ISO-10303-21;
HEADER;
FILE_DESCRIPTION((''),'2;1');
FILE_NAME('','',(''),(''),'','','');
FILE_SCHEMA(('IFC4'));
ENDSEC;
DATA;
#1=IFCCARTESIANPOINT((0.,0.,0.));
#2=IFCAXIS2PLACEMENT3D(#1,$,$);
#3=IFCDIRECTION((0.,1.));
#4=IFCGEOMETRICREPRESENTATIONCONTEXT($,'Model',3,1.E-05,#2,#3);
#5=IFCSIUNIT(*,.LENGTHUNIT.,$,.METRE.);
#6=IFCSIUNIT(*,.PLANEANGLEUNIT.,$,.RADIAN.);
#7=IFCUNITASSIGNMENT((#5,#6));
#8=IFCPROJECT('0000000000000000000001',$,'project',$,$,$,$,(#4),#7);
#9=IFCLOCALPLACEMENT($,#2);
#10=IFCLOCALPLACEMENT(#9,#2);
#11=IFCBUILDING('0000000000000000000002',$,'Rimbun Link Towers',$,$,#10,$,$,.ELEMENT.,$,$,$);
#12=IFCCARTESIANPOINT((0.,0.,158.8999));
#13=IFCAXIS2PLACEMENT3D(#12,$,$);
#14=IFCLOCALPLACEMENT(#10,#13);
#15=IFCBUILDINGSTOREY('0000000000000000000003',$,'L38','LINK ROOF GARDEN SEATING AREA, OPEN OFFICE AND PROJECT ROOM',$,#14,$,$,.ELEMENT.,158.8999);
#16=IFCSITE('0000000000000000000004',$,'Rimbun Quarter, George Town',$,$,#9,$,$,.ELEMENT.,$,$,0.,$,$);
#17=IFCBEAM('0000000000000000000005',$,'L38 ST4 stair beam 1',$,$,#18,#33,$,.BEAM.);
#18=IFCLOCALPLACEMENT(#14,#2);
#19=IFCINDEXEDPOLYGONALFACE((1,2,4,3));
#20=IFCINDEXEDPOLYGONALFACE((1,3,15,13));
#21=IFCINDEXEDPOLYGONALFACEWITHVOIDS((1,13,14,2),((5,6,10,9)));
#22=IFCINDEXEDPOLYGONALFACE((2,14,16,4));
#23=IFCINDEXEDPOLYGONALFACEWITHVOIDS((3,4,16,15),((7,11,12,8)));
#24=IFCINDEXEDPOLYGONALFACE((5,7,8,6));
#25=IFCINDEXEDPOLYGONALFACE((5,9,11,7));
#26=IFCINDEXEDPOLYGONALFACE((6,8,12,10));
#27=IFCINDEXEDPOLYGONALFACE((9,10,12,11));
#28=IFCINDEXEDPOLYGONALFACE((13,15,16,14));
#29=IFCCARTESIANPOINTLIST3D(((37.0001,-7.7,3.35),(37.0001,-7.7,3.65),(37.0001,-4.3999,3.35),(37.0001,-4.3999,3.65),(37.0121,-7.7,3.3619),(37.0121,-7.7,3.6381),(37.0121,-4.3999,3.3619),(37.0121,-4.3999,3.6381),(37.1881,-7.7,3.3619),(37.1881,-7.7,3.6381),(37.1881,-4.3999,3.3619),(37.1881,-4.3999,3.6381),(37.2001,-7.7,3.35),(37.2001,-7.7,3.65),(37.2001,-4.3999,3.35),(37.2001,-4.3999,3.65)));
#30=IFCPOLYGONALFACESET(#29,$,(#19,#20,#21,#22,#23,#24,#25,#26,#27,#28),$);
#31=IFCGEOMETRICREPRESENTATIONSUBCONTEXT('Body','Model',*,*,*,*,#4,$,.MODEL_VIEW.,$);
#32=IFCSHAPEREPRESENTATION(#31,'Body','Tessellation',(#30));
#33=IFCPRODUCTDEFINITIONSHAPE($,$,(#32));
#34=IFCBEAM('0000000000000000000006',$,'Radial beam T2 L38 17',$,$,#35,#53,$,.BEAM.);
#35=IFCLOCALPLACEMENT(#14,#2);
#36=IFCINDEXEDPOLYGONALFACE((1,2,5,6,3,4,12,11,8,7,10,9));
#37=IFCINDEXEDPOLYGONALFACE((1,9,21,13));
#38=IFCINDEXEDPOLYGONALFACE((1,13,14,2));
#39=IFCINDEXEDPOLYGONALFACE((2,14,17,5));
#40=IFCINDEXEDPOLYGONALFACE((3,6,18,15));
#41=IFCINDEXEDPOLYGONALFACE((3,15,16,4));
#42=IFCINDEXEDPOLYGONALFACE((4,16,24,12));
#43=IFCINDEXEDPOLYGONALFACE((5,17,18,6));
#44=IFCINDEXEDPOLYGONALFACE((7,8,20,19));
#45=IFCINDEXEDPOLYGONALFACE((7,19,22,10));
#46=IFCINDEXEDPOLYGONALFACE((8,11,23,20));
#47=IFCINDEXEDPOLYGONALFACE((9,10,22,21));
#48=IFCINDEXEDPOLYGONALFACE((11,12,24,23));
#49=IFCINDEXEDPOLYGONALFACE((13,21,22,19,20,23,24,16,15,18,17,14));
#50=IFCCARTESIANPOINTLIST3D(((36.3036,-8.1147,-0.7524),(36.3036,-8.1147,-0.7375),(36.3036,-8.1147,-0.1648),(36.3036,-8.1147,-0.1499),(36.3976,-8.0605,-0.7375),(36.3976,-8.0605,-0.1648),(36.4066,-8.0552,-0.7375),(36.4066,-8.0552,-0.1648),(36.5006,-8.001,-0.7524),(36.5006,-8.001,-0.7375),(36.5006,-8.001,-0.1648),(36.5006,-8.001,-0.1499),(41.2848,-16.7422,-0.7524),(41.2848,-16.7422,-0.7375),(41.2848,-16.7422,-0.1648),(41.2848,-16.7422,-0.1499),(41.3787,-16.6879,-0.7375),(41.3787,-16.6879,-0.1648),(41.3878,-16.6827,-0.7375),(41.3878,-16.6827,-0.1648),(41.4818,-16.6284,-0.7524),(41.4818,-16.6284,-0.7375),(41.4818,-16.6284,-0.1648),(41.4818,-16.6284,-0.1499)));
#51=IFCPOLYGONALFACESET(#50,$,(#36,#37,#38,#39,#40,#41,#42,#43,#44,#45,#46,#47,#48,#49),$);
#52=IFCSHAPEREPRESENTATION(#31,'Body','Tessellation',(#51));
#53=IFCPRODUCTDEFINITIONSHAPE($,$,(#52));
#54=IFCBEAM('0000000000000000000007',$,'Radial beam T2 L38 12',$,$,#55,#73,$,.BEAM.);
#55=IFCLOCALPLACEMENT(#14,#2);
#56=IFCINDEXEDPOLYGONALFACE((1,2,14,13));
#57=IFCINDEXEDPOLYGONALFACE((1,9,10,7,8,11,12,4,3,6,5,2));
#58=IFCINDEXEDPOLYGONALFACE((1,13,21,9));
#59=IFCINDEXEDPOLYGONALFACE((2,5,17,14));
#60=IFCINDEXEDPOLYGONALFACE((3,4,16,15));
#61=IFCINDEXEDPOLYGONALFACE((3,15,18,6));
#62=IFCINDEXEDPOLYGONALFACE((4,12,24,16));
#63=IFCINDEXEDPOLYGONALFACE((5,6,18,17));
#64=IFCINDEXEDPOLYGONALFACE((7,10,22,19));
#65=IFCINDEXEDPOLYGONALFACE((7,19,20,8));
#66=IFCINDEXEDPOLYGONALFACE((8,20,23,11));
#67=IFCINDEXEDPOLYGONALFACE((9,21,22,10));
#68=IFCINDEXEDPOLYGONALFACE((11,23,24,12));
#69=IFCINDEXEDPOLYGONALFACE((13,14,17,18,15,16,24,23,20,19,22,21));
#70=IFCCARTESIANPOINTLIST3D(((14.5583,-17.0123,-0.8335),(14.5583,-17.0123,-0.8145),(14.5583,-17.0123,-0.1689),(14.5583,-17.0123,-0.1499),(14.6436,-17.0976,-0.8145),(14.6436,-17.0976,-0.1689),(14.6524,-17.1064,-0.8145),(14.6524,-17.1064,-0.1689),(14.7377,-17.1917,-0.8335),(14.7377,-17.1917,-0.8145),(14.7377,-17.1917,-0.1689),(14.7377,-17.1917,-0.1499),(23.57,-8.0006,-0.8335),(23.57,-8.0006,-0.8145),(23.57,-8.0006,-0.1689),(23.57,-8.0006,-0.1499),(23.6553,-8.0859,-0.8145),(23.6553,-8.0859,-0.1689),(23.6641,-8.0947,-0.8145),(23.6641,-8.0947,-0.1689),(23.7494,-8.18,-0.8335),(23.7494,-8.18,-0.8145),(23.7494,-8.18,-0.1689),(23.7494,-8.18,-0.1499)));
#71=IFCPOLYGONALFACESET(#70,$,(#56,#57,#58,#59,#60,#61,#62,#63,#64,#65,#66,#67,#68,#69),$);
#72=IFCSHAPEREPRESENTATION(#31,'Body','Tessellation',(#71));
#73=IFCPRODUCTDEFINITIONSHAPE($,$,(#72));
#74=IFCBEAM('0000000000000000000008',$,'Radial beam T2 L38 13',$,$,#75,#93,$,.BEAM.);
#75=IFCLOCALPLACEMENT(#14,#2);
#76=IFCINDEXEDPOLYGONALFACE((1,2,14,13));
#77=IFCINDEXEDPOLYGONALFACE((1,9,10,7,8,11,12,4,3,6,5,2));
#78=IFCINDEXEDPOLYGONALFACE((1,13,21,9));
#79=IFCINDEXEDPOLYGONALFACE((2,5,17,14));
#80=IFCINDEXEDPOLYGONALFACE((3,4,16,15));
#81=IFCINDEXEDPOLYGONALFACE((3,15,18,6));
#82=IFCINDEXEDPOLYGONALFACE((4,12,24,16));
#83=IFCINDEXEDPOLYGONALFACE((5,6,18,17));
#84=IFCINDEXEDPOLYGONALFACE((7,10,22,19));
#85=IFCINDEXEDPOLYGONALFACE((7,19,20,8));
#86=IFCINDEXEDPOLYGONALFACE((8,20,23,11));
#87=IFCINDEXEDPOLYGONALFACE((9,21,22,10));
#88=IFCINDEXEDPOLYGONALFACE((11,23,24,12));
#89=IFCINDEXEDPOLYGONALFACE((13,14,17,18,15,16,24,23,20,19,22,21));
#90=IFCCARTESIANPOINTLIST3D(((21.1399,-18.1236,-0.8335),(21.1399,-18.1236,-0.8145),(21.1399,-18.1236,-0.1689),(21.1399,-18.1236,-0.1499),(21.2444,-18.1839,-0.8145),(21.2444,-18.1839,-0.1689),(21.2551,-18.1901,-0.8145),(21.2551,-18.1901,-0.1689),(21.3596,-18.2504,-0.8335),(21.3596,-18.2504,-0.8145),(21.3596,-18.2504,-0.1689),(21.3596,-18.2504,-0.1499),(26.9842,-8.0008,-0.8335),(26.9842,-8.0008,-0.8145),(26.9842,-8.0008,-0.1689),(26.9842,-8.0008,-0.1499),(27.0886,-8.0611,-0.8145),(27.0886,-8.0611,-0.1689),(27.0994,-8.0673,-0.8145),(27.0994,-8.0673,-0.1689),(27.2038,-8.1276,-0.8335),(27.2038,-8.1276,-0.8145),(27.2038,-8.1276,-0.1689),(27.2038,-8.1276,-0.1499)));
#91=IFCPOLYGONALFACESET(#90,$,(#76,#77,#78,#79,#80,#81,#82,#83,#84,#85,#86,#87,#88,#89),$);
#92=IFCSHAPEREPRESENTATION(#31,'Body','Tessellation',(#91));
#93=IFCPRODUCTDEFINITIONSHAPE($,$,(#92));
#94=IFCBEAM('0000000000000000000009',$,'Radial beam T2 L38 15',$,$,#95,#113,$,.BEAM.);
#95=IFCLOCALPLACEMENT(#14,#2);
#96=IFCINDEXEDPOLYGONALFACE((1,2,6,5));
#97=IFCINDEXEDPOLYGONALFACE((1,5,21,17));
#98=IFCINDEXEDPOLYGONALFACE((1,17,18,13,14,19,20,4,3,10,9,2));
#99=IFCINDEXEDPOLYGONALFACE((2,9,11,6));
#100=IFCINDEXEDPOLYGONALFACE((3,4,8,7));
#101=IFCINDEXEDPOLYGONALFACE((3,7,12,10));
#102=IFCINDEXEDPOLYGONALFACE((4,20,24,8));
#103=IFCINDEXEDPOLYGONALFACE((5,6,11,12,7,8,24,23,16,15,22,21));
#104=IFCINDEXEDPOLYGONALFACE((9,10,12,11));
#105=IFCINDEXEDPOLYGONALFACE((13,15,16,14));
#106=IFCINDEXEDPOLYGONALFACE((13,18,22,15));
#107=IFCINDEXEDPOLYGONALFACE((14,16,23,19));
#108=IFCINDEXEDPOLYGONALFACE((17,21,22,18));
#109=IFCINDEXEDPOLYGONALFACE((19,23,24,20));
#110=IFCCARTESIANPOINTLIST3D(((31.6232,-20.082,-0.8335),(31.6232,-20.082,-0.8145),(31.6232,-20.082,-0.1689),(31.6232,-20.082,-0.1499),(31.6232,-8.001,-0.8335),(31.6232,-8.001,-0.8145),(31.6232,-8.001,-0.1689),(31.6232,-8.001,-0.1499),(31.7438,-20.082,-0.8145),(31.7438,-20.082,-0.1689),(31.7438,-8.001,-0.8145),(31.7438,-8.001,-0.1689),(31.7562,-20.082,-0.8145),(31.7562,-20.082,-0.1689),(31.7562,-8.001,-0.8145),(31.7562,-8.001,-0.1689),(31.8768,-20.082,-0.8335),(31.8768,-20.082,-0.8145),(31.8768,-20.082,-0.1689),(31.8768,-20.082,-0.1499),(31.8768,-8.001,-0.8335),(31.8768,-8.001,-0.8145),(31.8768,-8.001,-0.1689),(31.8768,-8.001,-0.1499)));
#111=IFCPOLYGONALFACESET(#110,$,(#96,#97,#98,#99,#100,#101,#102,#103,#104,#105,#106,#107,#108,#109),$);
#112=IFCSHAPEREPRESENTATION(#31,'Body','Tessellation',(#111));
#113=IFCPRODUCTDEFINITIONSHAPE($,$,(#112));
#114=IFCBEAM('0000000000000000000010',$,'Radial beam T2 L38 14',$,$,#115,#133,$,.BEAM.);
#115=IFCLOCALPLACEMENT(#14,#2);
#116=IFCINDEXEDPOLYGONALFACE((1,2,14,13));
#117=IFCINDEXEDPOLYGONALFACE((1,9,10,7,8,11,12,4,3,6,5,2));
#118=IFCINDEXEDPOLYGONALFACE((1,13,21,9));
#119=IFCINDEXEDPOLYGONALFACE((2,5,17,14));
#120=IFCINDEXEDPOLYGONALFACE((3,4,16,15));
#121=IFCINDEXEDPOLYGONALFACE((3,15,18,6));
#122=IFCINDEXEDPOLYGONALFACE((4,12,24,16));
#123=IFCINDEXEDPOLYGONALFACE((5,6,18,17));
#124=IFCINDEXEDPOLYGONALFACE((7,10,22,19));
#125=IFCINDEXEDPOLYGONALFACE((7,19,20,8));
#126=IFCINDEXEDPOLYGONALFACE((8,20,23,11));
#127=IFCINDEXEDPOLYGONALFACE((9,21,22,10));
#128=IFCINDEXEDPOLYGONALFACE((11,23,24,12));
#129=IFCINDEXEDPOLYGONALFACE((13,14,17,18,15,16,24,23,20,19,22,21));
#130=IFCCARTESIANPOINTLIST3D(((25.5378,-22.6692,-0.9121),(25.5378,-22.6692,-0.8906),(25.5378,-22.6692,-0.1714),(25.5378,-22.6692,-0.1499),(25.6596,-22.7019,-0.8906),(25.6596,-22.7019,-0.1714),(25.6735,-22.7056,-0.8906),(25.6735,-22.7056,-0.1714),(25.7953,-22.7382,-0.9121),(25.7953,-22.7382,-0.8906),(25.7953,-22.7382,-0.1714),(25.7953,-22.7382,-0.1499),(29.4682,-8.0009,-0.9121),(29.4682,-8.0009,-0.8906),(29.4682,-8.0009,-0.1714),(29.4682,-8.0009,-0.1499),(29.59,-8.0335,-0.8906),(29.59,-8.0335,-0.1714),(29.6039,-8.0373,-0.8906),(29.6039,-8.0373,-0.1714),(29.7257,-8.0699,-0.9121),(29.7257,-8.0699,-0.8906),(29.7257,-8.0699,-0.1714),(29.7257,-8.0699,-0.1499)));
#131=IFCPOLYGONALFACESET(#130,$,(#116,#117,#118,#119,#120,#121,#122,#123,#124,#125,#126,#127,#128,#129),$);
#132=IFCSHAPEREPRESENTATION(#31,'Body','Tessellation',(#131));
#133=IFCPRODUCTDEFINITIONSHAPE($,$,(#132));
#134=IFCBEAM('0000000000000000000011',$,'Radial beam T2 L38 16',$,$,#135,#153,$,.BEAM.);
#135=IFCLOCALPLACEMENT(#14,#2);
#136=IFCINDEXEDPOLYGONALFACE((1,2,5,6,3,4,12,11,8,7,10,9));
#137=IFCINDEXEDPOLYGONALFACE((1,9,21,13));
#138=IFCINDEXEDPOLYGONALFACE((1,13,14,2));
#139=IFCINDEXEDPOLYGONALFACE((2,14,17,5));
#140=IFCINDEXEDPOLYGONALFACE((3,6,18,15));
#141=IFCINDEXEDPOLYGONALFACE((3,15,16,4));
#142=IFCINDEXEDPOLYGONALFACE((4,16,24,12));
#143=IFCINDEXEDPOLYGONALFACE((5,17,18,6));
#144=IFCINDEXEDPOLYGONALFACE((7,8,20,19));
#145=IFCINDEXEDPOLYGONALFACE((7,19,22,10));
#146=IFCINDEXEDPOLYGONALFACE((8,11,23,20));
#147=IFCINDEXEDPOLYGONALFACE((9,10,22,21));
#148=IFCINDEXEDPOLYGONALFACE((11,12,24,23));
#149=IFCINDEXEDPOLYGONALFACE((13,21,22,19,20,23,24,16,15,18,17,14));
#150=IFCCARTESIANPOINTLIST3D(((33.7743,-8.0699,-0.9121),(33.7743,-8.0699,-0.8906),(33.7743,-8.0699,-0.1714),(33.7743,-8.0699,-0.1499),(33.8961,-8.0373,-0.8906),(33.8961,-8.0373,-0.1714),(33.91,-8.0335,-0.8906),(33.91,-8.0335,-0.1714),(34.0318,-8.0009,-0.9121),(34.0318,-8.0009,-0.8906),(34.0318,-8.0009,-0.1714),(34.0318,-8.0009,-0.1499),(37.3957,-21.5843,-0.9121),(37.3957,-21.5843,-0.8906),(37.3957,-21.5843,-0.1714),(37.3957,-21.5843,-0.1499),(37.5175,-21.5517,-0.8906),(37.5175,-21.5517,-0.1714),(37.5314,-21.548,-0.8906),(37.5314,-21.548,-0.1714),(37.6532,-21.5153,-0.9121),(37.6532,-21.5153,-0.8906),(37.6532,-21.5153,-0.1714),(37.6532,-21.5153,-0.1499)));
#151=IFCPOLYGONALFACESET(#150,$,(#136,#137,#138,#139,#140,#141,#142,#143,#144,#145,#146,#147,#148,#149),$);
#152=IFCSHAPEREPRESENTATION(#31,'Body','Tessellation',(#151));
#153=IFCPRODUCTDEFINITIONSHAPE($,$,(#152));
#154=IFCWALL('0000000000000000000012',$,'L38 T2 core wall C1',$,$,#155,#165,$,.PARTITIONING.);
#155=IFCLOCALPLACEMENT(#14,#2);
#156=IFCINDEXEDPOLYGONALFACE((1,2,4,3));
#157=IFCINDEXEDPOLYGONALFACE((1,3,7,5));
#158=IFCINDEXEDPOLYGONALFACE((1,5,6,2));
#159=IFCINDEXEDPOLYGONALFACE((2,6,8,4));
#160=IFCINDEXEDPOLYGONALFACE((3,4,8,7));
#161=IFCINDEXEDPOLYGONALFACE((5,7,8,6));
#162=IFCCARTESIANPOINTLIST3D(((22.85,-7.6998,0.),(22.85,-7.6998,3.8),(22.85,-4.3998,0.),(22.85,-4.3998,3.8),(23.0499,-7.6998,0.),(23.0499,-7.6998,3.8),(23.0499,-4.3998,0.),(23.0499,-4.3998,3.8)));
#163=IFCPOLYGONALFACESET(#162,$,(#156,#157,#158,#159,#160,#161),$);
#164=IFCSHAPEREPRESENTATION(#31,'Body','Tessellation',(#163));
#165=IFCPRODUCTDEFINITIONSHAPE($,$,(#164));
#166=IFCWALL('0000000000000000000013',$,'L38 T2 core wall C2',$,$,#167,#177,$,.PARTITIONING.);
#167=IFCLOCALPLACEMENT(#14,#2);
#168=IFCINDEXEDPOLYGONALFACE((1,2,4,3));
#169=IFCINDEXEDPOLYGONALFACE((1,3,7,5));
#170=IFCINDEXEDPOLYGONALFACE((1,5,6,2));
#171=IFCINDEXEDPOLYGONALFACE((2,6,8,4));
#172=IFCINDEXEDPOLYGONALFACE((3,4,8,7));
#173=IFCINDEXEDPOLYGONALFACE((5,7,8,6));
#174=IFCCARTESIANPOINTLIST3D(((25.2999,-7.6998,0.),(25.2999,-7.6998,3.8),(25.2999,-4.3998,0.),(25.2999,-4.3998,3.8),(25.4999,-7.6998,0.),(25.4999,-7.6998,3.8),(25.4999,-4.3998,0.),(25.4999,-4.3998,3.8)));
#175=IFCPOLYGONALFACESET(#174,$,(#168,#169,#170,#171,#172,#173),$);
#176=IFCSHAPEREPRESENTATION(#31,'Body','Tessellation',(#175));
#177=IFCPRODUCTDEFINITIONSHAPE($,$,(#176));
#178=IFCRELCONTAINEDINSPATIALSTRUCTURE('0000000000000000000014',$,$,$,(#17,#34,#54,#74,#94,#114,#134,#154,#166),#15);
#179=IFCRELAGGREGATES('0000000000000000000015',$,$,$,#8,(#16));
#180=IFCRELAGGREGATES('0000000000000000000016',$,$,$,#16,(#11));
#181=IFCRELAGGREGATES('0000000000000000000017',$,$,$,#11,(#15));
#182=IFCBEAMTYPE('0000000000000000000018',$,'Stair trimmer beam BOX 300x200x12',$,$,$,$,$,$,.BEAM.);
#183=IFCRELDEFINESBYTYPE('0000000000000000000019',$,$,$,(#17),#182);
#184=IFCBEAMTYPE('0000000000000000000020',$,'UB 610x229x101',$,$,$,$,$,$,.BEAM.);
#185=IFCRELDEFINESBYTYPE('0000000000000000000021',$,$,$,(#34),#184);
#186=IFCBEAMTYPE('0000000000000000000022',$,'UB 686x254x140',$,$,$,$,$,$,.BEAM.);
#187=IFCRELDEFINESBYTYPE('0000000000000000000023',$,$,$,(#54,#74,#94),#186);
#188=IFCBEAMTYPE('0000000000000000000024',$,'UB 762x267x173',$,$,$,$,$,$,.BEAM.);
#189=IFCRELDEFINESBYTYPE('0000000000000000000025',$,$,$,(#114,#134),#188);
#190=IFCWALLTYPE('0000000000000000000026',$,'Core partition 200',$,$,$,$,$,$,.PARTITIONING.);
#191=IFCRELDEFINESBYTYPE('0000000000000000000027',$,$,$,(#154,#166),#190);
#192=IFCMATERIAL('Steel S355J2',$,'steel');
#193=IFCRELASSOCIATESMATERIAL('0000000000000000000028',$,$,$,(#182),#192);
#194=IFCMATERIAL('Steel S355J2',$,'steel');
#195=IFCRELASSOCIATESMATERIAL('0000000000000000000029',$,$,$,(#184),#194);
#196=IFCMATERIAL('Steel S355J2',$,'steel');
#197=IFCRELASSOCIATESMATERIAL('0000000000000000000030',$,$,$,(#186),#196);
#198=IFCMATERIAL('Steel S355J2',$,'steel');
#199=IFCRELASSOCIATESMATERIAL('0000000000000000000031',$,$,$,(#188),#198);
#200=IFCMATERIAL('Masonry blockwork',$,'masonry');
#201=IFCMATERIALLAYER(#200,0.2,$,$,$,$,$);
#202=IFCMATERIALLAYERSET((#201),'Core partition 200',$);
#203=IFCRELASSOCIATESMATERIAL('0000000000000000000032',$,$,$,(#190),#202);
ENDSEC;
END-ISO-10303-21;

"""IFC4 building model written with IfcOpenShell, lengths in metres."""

from ifc_helpers import new_model, si_unit, direction, frame, frame_2d, origin, origin_2d, place, context, subcontext, project, spatial, rectangle, hollow_rectangle, i_section, extrude, material, layer, layer_set, material_profile, profile_set, type_object, element, save


model = new_model("IFC4")

# Units and contexts
model_context = context("Model", 3, precision=1e-05, world=origin(), true_north=direction((0.0, 1.0)))
body_context = subcontext(model_context, "Body", "Model", "MODEL_VIEW")
ifc_project = project(units=[si_unit("LENGTHUNIT", "METRE"), si_unit("PLANEANGLEUNIT", "RADIAN")], contexts=[model_context])

# Site, building, storey
site_placement = place(None, origin())
site = spatial("IfcSite", under=ifc_project, at=site_placement, Name="Rimbun Quarter, George Town", CompositionType="ELEMENT", RefElevation=0.0)
building_placement = place(site_placement, origin())
building = spatial("IfcBuilding", under=site, at=building_placement, Name="Rimbun Link Towers", CompositionType="ELEMENT")
storey_placement = place(building_placement, frame((0.0, 0.0, 158.8999)))
storey = spatial("IfcBuildingStorey", under=building, at=storey_placement, Name="L38", Description="LINK ROOF GARDEN SEATING AREA, OPEN OFFICE AND PROJECT ROOM", CompositionType="ELEMENT", Elevation=158.8999)

# Beams
ifc_material_1 = material(Name="Steel S355J2", Category="steel")
ifc_material_profile_1 = material_profile(ifc_material_1, hollow_rectangle(XDim=0.2, YDim=0.3, WallThickness=0.012, at=origin_2d()), Name="BOX 300x200x12")
ifc_profile_set_1 = profile_set([ifc_material_profile_1], Name="Steel S355J2")
beam_type_1 = type_object("IfcBeamType", Name="Stair trimmer beam BOX 300x200x12", PredefinedType="BEAM", material=ifc_profile_set_1)
beam_1_placement = place(storey_placement, frame((37.1001, -7.7, 3.5), z_axis=(0.0, 1.0, 0.0), x_axis=(-1.0, 0.0, 0.0)))
element("IfcBeam", 1, at=beam_1_placement, inside=storey, type_object=beam_type_1, Name="L38 ST4 stair beam 1", PredefinedType="BEAM", context=body_context, shape_type="SweptSolid", body=[
    extrude(hollow_rectangle(XDim=0.2, YDim=0.3, WallThickness=0.012, at=origin_2d()), origin(), (0.0, 0.0, 1.0), 3.3),
])
ifc_material_2 = material(Name="Steel S355J2", Category="steel")
ifc_material_profile_2 = material_profile(ifc_material_2, i_section(OverallWidth=0.2275, OverallDepth=0.6025, WebThickness=0.0105, FlangeThickness=0.0149, at=origin_2d()), Name="UB 610x229x101")
ifc_profile_set_2 = profile_set([ifc_material_profile_2], Name="Steel S355J2")
beam_type_2 = type_object("IfcBeamType", Name="UB 610x229x101", PredefinedType="BEAM", material=ifc_profile_set_2)
beam_2_placement = place(storey_placement, frame((36.4021, -8.0579, -0.4512), z_axis=(0.500011, -0.866019, 0.0), x_axis=(0.866019, 0.500011, 0.0)))
element("IfcBeam", 2, at=beam_2_placement, inside=storey, type_object=beam_type_2, Name="Radial beam T2 L38 17", PredefinedType="BEAM", context=body_context, shape_type="SweptSolid", body=[
    extrude(i_section(OverallWidth=0.2275, OverallDepth=0.6025, WebThickness=0.0105, FlangeThickness=0.0149, at=origin_2d()), origin(), (0.0, 0.0, 1.0), 9.9622),
])
ifc_material_3 = material(Name="Steel S355J2", Category="steel")
ifc_material_profile_3 = material_profile(ifc_material_3, i_section(OverallWidth=0.2537, OverallDepth=0.6836, WebThickness=0.0125, FlangeThickness=0.019, at=origin_2d()), Name="UB 686x254x140")
ifc_profile_set_3 = profile_set([ifc_material_profile_3], Name="Steel S355J2")
beam_type_3 = type_object("IfcBeamType", Name="UB 686x254x140", PredefinedType="BEAM", material=ifc_profile_set_3)
beam_3_placement = place(storey_placement, frame((23.6597, -8.0903, -0.4917), z_axis=(-0.707107, -0.707107, 0.0), x_axis=(0.707107, -0.707107, 0.0)))
element("IfcBeam", 3, at=beam_3_placement, inside=storey, type_object=beam_type_3, Name="Radial beam T2 L38 12", PredefinedType="BEAM", context=body_context, shape_type="SweptSolid", body=[
    extrude(i_section(OverallWidth=0.2537, OverallDepth=0.6836, WebThickness=0.0125, FlangeThickness=0.019, at=origin_2d()), origin(), (0.0, 0.0, 1.0), 12.7444),
])
beam_4_placement = place(storey_placement, frame((27.094, -8.0642, -0.4917), z_axis=(-0.499989, -0.866032, 0.0), x_axis=(0.866032, -0.499989, 0.0)))
element("IfcBeam", 4, at=beam_4_placement, inside=storey, type_object=beam_type_3, Name="Radial beam T2 L38 13", PredefinedType="BEAM", context=body_context, shape_type="SweptSolid", body=[
    extrude(i_section(OverallWidth=0.2537, OverallDepth=0.6836, WebThickness=0.0125, FlangeThickness=0.019, at=origin_2d()), origin(), (0.0, 0.0, 1.0), 11.6887),
])
beam_5_placement = place(storey_placement, frame((31.75, -8.001, -0.4917), z_axis=(0.0, -1.0, 0.0), x_axis=(1.0, 0.0, 0.0)))
element("IfcBeam", 5, at=beam_5_placement, inside=storey, type_object=beam_type_3, Name="Radial beam T2 L38 15", PredefinedType="BEAM", context=body_context, shape_type="SweptSolid", body=[
    extrude(i_section(OverallWidth=0.2537, OverallDepth=0.6836, WebThickness=0.0125, FlangeThickness=0.019, at=origin_2d()), origin(), (0.0, 0.0, 1.0), 12.0811),
])
ifc_material_4 = material(Name="Steel S355J2", Category="steel")
ifc_material_profile_4 = material_profile(ifc_material_4, i_section(OverallWidth=0.2666, OverallDepth=0.7622, WebThickness=0.0144, FlangeThickness=0.0215, at=origin_2d()), Name="UB 762x267x173")
ifc_profile_set_4 = profile_set([ifc_material_profile_4], Name="Steel S355J2")
beam_type_4 = type_object("IfcBeamType", Name="UB 762x267x173", PredefinedType="BEAM", material=ifc_profile_set_4)
beam_6_placement = place(storey_placement, frame((29.5969, -8.0354, -0.531), z_axis=(-0.25882, -0.965926, 0.0), x_axis=(0.965926, -0.25882, 0.0)))
element("IfcBeam", 6, at=beam_6_placement, inside=storey, type_object=beam_type_4, Name="Radial beam T2 L38 14", PredefinedType="BEAM", context=body_context, shape_type="SweptSolid", body=[
    extrude(i_section(OverallWidth=0.2666, OverallDepth=0.7622, WebThickness=0.0144, FlangeThickness=0.0215, at=origin_2d()), origin(), (0.0, 0.0, 1.0), 15.1858),
])
beam_7_placement = place(storey_placement, frame((33.9031, -8.0354, -0.531), z_axis=(0.25883, -0.965923, 0.0), x_axis=(0.965923, 0.25883, 0.0)))
element("IfcBeam", 7, at=beam_7_placement, inside=storey, type_object=beam_type_4, Name="Radial beam T2 L38 16", PredefinedType="BEAM", context=body_context, shape_type="SweptSolid", body=[
    extrude(i_section(OverallWidth=0.2666, OverallDepth=0.7622, WebThickness=0.0144, FlangeThickness=0.0215, at=origin_2d()), origin(), (0.0, 0.0, 1.0), 13.9912),
])

# Walls
ifc_material_5 = material(Name="Masonry blockwork", Category="masonry")
ifc_layer_1 = layer(ifc_material_5, 0.2)
ifc_layer_set_1 = layer_set([ifc_layer_1], Name="Core partition 200")
wall_type_1 = type_object("IfcWallType", Name="Core partition 200", PredefinedType="PARTITIONING", material=ifc_layer_set_1)
for number, where, z_axis, x_axis, name in (
    (8, (22.95, -4.3999, 0.0), (0.0, 0.0, 1.0), (0.0, -1.0, 0.0), "L38 T2 core wall C1"),
    (9, (25.3999, -4.3999, 0.0), (0.0, 0.0, 1.0), (0.0, -1.0, 0.0), "L38 T2 core wall C2"),
):
    element("IfcWall", number, at=place(storey_placement, frame(where, z_axis=z_axis, x_axis=x_axis)), inside=storey, type_object=wall_type_1, Name=name, PredefinedType="PARTITIONING", context=body_context, shape_type="SweptSolid", body=[
        extrude(rectangle(XDim=3.3, YDim=0.2, at=frame_2d((1.6499, 0.0))), origin(), (0.0, 0.0, 1.0), 3.8),
    ])

save(model, "model.ifc")
